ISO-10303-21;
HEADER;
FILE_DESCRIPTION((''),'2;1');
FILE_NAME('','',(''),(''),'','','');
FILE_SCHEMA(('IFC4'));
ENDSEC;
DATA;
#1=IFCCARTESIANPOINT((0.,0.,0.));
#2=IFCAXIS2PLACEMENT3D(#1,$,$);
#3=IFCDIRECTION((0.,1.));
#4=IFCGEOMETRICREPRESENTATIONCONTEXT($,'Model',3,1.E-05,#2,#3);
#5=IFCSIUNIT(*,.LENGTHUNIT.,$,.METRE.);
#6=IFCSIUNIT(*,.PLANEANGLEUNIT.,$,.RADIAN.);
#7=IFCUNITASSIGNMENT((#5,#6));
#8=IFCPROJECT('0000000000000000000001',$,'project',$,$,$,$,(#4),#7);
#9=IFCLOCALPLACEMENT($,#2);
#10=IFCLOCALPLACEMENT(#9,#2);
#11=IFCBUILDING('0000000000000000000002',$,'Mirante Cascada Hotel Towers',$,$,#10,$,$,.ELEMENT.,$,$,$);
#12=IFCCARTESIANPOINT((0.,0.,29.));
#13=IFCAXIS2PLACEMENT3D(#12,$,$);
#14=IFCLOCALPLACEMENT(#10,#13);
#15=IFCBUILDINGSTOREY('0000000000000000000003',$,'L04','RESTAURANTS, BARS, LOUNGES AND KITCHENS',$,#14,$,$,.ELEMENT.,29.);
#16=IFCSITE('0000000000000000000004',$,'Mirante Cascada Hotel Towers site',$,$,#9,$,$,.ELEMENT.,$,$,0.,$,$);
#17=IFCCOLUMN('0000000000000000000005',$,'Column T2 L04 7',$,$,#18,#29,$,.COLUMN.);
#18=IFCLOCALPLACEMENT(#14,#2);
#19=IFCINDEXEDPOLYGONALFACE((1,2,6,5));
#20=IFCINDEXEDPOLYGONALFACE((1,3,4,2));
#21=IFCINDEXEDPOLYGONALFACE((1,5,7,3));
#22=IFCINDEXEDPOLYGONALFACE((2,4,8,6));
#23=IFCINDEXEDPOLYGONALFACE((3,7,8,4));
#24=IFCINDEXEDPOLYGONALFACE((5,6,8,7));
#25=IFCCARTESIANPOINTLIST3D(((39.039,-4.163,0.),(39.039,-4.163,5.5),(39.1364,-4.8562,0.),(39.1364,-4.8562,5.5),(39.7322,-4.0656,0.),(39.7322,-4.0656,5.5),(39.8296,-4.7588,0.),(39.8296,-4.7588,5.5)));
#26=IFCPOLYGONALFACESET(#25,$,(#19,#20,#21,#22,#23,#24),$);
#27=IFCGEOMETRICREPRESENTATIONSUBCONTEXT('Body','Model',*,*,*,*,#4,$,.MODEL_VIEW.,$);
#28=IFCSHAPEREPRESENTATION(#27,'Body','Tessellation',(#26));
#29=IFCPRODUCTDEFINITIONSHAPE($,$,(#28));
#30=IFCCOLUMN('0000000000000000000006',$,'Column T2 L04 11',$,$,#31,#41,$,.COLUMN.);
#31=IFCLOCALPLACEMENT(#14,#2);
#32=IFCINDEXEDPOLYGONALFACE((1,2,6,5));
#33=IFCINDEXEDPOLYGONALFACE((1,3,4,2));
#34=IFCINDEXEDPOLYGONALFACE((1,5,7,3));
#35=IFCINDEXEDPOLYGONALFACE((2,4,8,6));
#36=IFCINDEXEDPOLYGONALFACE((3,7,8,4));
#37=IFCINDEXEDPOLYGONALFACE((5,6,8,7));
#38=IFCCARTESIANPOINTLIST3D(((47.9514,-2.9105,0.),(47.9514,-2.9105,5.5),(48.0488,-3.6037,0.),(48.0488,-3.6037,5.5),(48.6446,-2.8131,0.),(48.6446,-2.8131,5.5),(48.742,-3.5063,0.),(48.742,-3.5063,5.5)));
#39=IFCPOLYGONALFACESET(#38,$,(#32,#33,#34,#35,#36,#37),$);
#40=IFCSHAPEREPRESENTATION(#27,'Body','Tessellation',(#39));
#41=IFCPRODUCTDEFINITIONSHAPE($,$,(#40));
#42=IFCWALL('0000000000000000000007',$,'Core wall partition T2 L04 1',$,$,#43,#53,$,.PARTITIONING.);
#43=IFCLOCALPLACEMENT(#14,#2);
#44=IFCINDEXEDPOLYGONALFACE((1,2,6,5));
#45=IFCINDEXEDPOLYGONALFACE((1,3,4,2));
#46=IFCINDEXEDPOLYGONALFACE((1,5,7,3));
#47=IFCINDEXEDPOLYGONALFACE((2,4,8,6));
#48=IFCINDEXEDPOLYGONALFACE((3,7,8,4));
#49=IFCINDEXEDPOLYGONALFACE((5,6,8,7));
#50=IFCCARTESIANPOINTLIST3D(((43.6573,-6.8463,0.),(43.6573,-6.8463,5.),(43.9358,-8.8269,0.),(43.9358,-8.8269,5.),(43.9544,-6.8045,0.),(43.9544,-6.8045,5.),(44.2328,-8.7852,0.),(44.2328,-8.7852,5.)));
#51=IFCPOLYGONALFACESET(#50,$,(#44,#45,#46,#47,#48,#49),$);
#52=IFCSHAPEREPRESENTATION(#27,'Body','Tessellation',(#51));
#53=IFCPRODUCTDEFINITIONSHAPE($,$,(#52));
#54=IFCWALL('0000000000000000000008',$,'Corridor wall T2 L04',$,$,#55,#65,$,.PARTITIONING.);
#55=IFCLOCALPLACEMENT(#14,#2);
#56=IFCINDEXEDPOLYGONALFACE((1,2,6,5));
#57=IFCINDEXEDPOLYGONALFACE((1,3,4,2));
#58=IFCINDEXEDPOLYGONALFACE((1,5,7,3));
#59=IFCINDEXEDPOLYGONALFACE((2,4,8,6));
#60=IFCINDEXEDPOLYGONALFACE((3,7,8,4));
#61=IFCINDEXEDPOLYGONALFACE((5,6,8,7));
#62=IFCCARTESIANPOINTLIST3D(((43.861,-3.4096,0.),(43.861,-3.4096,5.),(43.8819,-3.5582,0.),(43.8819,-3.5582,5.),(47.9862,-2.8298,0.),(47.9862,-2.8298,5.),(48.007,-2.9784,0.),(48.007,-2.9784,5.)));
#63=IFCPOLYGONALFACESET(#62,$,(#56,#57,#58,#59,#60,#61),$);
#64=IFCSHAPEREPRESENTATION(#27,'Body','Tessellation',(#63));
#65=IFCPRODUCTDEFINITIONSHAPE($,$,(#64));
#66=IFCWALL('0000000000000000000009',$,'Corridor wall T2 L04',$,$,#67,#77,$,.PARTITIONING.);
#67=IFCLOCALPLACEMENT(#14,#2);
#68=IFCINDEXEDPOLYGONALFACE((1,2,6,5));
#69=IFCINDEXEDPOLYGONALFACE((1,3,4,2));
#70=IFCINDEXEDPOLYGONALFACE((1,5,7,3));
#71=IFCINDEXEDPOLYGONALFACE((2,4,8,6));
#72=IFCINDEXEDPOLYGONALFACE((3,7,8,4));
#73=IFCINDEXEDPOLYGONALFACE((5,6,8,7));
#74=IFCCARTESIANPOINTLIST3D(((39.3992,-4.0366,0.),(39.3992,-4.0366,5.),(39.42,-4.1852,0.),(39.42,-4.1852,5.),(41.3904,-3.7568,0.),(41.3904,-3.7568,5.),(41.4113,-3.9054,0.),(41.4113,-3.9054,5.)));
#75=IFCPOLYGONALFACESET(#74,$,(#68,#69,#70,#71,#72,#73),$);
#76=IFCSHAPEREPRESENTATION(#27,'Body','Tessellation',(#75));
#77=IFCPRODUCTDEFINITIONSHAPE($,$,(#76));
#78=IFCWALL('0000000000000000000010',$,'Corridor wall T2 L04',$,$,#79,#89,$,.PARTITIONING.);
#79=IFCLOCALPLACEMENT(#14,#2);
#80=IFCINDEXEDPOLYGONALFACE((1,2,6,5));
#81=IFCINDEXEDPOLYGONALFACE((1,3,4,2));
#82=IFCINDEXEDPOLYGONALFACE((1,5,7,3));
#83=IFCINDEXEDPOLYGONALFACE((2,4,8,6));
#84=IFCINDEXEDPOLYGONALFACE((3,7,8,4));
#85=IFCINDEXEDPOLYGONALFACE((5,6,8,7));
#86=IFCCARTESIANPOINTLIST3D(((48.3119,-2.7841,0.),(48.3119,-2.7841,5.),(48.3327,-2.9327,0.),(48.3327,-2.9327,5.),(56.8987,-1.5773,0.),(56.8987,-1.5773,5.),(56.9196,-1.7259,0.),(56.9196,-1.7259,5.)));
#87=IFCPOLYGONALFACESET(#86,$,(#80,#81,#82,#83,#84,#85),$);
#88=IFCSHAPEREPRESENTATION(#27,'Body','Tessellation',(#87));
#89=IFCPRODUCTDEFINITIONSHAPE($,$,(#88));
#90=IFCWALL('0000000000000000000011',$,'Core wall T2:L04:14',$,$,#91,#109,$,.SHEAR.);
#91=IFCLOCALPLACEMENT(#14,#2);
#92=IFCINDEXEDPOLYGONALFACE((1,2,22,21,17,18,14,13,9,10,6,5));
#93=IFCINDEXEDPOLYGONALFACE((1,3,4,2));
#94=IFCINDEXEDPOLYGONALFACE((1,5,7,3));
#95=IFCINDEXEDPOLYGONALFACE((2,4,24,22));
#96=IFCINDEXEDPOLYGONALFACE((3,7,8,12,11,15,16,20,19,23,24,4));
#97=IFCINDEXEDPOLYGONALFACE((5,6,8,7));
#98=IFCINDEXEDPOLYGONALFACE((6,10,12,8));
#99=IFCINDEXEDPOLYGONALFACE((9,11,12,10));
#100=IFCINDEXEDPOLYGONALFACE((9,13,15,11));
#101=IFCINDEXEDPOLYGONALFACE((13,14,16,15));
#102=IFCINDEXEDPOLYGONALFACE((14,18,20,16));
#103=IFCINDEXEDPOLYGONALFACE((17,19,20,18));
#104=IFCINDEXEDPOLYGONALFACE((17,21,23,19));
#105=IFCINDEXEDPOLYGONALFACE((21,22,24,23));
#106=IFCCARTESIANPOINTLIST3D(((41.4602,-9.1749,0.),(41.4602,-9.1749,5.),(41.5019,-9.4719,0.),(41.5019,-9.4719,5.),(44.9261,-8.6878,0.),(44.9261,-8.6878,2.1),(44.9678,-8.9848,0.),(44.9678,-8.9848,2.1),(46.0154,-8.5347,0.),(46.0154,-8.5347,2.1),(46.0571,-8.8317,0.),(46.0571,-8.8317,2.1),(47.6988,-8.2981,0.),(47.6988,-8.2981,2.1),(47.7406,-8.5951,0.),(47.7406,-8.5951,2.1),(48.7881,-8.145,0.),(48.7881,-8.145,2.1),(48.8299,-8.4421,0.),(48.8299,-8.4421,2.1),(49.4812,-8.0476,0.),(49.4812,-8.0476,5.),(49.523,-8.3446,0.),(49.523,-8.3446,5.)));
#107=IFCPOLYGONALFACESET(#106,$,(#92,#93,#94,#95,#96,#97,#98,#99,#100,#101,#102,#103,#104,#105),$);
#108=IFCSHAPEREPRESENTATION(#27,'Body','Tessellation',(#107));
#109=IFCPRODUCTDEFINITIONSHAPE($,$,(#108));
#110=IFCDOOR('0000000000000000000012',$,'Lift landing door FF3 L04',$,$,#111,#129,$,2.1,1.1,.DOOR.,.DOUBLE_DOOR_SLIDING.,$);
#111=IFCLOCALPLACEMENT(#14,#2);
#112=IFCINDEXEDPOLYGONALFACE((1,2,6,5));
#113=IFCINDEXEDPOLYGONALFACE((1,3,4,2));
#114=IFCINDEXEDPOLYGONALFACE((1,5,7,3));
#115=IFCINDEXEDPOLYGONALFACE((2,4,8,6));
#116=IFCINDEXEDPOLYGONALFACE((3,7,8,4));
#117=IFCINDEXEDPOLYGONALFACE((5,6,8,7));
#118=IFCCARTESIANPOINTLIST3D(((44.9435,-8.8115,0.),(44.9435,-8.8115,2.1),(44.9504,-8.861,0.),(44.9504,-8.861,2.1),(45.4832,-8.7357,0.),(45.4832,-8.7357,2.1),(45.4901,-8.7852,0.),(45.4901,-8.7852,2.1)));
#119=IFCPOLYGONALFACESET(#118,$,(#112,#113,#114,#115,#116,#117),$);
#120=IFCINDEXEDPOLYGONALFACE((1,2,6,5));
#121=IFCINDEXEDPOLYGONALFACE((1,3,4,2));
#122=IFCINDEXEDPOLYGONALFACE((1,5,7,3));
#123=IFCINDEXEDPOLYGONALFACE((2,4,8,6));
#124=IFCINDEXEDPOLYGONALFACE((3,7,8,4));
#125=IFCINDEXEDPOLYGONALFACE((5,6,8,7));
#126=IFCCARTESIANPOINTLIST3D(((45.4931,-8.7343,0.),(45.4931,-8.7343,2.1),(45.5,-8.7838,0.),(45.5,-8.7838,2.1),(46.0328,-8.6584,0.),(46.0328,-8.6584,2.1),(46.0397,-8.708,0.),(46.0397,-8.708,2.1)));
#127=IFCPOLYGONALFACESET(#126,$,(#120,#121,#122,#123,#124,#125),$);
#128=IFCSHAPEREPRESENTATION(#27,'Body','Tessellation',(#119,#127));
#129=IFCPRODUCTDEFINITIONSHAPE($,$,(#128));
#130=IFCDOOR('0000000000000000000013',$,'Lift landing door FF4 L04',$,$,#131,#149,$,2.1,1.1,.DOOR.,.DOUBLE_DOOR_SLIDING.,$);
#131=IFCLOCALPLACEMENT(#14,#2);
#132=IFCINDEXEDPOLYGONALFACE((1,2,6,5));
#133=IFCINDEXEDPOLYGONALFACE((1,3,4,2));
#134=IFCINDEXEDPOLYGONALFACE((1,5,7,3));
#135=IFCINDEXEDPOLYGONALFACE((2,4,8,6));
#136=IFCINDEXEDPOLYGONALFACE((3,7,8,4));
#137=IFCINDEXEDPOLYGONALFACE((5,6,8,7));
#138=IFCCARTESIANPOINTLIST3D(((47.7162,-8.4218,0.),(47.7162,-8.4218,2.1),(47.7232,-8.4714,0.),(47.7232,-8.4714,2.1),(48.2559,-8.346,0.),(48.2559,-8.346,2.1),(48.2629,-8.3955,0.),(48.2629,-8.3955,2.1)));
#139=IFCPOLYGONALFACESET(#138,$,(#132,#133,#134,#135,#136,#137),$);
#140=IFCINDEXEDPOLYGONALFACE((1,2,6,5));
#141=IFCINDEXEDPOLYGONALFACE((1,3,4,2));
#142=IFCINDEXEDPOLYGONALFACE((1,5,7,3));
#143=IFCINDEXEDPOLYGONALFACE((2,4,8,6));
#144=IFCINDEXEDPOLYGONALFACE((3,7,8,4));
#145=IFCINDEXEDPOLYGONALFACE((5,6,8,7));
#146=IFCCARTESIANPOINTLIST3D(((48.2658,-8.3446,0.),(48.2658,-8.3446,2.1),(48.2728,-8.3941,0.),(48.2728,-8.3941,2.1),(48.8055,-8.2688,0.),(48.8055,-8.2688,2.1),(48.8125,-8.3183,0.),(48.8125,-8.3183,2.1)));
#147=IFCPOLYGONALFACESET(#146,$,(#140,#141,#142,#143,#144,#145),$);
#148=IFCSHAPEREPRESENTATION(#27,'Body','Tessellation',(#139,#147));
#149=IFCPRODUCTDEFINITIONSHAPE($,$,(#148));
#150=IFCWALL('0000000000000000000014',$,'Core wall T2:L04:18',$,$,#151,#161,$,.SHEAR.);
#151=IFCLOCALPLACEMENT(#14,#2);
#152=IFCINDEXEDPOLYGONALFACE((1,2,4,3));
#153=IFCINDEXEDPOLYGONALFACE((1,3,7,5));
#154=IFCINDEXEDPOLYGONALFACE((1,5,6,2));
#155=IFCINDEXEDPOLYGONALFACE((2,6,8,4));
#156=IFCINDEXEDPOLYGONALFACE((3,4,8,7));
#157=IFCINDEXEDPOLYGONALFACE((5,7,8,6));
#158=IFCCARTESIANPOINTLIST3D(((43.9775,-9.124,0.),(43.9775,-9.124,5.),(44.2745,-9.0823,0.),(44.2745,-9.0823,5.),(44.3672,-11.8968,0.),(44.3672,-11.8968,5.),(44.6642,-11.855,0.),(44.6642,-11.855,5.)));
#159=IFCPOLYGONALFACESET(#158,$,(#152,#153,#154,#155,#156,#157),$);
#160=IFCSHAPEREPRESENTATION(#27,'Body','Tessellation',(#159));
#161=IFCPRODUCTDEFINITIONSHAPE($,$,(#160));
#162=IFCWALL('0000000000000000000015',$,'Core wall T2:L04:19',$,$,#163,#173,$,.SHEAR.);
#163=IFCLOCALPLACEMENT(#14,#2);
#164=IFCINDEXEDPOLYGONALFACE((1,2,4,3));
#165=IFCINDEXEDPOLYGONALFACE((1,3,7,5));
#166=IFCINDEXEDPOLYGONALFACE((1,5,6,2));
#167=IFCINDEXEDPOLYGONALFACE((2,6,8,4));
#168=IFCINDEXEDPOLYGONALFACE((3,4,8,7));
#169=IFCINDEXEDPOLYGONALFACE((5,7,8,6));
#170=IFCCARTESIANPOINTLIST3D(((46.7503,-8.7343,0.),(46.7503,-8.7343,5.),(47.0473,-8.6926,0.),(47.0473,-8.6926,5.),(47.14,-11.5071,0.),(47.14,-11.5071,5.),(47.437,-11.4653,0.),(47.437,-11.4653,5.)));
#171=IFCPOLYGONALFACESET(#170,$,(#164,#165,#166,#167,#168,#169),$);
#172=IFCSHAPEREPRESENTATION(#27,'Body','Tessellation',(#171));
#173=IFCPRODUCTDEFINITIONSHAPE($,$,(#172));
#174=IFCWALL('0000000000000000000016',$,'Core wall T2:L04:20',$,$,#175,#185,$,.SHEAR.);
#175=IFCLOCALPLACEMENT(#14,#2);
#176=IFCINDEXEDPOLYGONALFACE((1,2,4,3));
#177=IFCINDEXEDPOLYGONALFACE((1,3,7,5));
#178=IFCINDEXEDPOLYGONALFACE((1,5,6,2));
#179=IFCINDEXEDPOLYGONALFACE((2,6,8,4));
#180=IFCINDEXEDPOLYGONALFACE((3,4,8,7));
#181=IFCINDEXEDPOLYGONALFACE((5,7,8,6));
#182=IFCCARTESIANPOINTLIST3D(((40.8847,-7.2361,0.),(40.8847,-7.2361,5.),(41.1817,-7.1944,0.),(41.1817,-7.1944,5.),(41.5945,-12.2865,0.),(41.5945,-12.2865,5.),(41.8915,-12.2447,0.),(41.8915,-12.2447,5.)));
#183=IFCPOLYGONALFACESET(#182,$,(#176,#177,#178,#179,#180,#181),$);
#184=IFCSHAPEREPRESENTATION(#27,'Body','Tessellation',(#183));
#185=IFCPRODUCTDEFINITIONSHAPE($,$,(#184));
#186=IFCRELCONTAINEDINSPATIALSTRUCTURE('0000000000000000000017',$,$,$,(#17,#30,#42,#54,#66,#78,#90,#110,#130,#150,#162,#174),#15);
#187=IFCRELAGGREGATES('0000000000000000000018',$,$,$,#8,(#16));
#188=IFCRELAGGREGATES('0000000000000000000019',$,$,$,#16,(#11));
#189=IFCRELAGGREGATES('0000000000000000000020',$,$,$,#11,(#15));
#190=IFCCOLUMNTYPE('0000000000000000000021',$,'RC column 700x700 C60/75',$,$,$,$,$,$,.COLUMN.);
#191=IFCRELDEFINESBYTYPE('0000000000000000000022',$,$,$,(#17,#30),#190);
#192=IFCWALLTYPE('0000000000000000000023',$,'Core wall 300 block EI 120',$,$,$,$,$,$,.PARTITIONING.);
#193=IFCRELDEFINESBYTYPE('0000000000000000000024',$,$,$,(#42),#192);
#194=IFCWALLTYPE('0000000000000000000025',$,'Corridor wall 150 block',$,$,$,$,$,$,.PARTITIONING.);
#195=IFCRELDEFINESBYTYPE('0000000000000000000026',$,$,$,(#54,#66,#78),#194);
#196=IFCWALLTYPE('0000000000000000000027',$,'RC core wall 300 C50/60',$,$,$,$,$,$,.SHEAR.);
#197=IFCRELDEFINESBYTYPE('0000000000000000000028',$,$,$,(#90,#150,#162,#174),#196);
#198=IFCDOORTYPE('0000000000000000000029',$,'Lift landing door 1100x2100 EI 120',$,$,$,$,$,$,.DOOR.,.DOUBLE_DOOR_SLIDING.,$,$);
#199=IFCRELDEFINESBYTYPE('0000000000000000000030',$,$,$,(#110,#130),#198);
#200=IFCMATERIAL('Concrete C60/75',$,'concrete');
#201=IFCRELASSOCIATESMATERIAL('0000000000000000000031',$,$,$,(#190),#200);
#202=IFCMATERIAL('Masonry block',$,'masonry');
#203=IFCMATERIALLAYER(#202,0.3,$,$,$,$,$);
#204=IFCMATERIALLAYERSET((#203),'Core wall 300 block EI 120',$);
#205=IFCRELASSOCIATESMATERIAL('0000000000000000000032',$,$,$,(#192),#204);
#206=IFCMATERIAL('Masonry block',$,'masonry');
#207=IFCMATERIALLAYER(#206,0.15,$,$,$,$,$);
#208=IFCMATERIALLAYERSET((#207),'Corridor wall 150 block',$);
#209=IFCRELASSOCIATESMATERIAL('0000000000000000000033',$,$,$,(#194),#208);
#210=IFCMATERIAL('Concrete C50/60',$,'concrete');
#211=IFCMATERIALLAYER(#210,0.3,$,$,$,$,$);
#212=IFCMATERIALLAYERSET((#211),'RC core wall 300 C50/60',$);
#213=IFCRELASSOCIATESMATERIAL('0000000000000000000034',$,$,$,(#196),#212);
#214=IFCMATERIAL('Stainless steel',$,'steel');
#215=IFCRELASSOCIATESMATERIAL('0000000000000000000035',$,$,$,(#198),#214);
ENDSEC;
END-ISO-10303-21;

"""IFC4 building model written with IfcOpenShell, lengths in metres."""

from ifc_helpers import new_model, si_unit, direction, frame, frame_2d, origin, origin_2d, place, context, subcontext, project, spatial, rectangle, extrude, material, layer, layer_set, material_profile, profile_set, type_object, element, fill, save


model = new_model("IFC4")

# Units and contexts
model_context = context("Model", 3, precision=1e-05, world=origin(), true_north=direction((0.0, 1.0)))
body_context = subcontext(model_context, "Body", "Model", "MODEL_VIEW")
ifc_project = project(units=[si_unit("LENGTHUNIT", "METRE"), si_unit("PLANEANGLEUNIT", "RADIAN")], contexts=[model_context])

# Site, building, storey
site_placement = place(None, origin())
site = spatial("IfcSite", under=ifc_project, at=site_placement, Name="Mirante Cascada Hotel Towers site", CompositionType="ELEMENT", RefElevation=0.0)
building_placement = place(site_placement, origin())
building = spatial("IfcBuilding", under=site, at=building_placement, Name="Mirante Cascada Hotel Towers", CompositionType="ELEMENT")
storey_placement = place(building_placement, frame((0.0, 0.0, 29.0)))
storey = spatial("IfcBuildingStorey", under=building, at=storey_placement, Name="L04", Description="RESTAURANTS, BARS, LOUNGES AND KITCHENS", CompositionType="ELEMENT", Elevation=29.0)

# Columns
ifc_material_1 = material(Name="Concrete C60/75", Category="concrete")
ifc_material_profile = material_profile(ifc_material_1, rectangle(XDim=0.7, YDim=0.7, at=origin_2d()), Name="RC column 700x700 C60/75")
ifc_profile_set = profile_set([ifc_material_profile], Name="Concrete C60/75")
column_type = type_object("IfcColumnType", Name="RC column 700x700 C60/75", PredefinedType="COLUMN", material=ifc_profile_set)
for number, where, z_axis, x_axis, name in (
    (1, (39.4343, -4.4609, 0.0), (0.0, 0.0, 1.0), (0.990268, 0.139173, 0.0), "Column T2 L04 7"),
    (2, (48.3467, -3.2084, 0.0), (0.0, 0.0, 1.0), (0.990268, 0.139173, 0.0), "Column T2 L04 11"),
):
    element("IfcColumn", number, at=place(storey_placement, frame(where, z_axis=z_axis, x_axis=x_axis)), inside=storey, type_object=column_type, Name=name, PredefinedType="COLUMN", context=body_context, shape_type="SweptSolid", body=[
        extrude(rectangle(XDim=0.7, YDim=0.7, at=origin_2d()), origin(), (0.0, 0.0, 1.0), 5.5),
    ])

# Walls
ifc_material_2 = material(Name="Masonry block", Category="masonry")
ifc_layer_1 = layer(ifc_material_2, 0.3)
ifc_layer_set_1 = layer_set([ifc_layer_1], Name="Core wall 300 block EI 120")
wall_type_1 = type_object("IfcWallType", Name="Core wall 300 block EI 120", PredefinedType="PARTITIONING", material=ifc_layer_set_1)
wall_1_placement = place(storey_placement, frame((44.0843, -8.8061, 0.0), z_axis=(0.0, 0.0, 1.0), x_axis=(-0.139195, 0.990265, 0.0)))
element("IfcWall", 3, at=wall_1_placement, inside=storey, type_object=wall_type_1, Name="Core wall partition T2 L04 1", PredefinedType="PARTITIONING", context=body_context, shape_type="SweptSolid", body=[
    extrude(rectangle(XDim=2.0001, YDim=0.3, at=frame_2d((1.0001, 0.0))), origin(), (0.0, 0.0, 1.0), 5.0),
])
ifc_material_3 = material(Name="Masonry block", Category="masonry")
ifc_layer_2 = layer(ifc_material_3, 0.15)
ifc_layer_set_2 = layer_set([ifc_layer_2], Name="Corridor wall 150 block")
wall_type_2 = type_object("IfcWallType", Name="Corridor wall 150 block", PredefinedType="PARTITIONING", material=ifc_layer_set_2)
wall_2_placement = place(storey_placement, frame((43.8715, -3.4839, 0.0), z_axis=(0.0, 0.0, 1.0), x_axis=(0.990267, 0.139183, 0.0)))
element("IfcWall", 4, at=wall_2_placement, inside=storey, type_object=wall_type_2, Name="Corridor wall T2 L04", PredefinedType="PARTITIONING", context=body_context, shape_type="SweptSolid", body=[
    extrude(rectangle(XDim=4.1657, YDim=0.15, at=frame_2d((2.0828, 0.0))), origin(), (0.0, 0.0, 1.0), 5.0),
])
wall_3_placement = place(storey_placement, frame((39.4096, -4.1109, 0.0), z_axis=(0.0, 0.0, 1.0), x_axis=(0.990271, 0.139151, 0.0)))
element("IfcWall", 5, at=wall_3_placement, inside=storey, type_object=wall_type_2, Name="Corridor wall T2 L04", PredefinedType="PARTITIONING", context=body_context, shape_type="SweptSolid", body=[
    extrude(rectangle(XDim=2.0108, YDim=0.15, at=frame_2d((1.0054, 0.0))), origin(), (0.0, 0.0, 1.0), 5.0),
])
wall_4_placement = place(storey_placement, frame((48.3223, -2.8584, 0.0), z_axis=(0.0, 0.0, 1.0), x_axis=(0.990268, 0.139174, 0.0)))
element("IfcWall", 6, at=wall_4_placement, inside=storey, type_object=wall_type_2, Name="Corridor wall T2 L04", PredefinedType="PARTITIONING", context=body_context, shape_type="SweptSolid", body=[
    extrude(rectangle(XDim=8.6712, YDim=0.15, at=frame_2d((4.3356, 0.0))), origin(), (0.0, 0.0, 1.0), 5.0),
])

# Wall, openings, doors
ifc_material_4 = material(Name="Concrete C50/60", Category="concrete")
ifc_layer_3 = layer(ifc_material_4, 0.3)
ifc_layer_set_3 = layer_set([ifc_layer_3], Name="RC core wall 300 C50/60")
wall_type_3 = type_object("IfcWallType", Name="RC core wall 300 C50/60", PredefinedType="SHEAR", material=ifc_layer_set_3)
wall_5_placement = place(storey_placement, frame((41.481, -9.3234, 0.0), z_axis=(0.0, 0.0, 1.0), x_axis=(0.990268, 0.139174, 0.0)))
wall_5 = element("IfcWall", 7, at=wall_5_placement, inside=storey, type_object=wall_type_3, Name="Core wall T2:L04:14", PredefinedType="SHEAR", context=body_context, shape_type="SweptSolid", body=[
    extrude(rectangle(XDim=8.0999, YDim=0.3, at=frame_2d((4.05, 0.0))), origin(), (0.0, 0.0, 1.0), 5.0),
])
opening_1_placement = place(wall_5_placement, frame((3.5, 0.0, 0.0)))
opening_1 = element("IfcOpeningElement", 8, at=opening_1_placement, cuts=wall_5, PredefinedType="OPENING", context=body_context, shape_type="SweptSolid", body=[
    extrude(rectangle(XDim=1.1, YDim=2.1, at=frame_2d((0.55, 1.05))), frame((0.0, 0.15, 0.0), z_axis=(0.0, -1.0, 0.0), x_axis=(1.0, 0.0, 0.0)), (0.0, 0.0, 1.0), 0.3),
])
opening_2_placement = place(wall_5_placement, frame((6.3, 0.0, 0.0)))
opening_2 = element("IfcOpeningElement", 9, at=opening_2_placement, cuts=wall_5, PredefinedType="OPENING", context=body_context, shape_type="SweptSolid", body=[
    extrude(rectangle(XDim=1.1, YDim=2.1, at=frame_2d((0.55, 1.05))), frame((0.0, 0.15, 0.0), z_axis=(0.0, -1.0, 0.0), x_axis=(1.0, 0.0, 0.0)), (0.0, 0.0, 1.0), 0.3),
])
ifc_material_5 = material(Name="Stainless steel", Category="steel")
door_type = type_object("IfcDoorType", Name="Lift landing door 1100x2100 EI 120", OperationType="DOUBLE_DOOR_SLIDING", PredefinedType="DOOR", material=ifc_material_5)
door_1_placement = place(opening_1_placement, origin())
door_1 = element("IfcDoor", 10, at=door_1_placement, inside=storey, type_object=door_type, Name="Lift landing door FF3 L04", OperationType="DOUBLE_DOOR_SLIDING", OverallHeight=2.1, OverallWidth=1.1, PredefinedType="DOOR", context=body_context, shape_type="SweptSolid", body=[
    extrude(rectangle(XDim=0.545, YDim=2.1, at=frame_2d((0.2725, 1.05))), frame((0.0, 0.025, 0.0), z_axis=(0.0, -1.0, 0.0), x_axis=(1.0, 0.0, 0.0)), (0.0, 0.0, 1.0), 0.05),
    extrude(rectangle(XDim=0.545, YDim=2.1, at=frame_2d((0.8275, 1.05))), frame((0.0, 0.025, 0.0), z_axis=(0.0, -1.0, 0.0), x_axis=(1.0, 0.0, 0.0)), (0.0, 0.0, 1.0), 0.05),
])
fill(opening_1, door_1)
door_2_placement = place(opening_2_placement, origin())
door_2 = element("IfcDoor", 11, at=door_2_placement, inside=storey, type_object=door_type, Name="Lift landing door FF4 L04", OperationType="DOUBLE_DOOR_SLIDING", OverallHeight=2.1, OverallWidth=1.1, PredefinedType="DOOR", context=body_context, shape_type="SweptSolid", body=[
    extrude(rectangle(XDim=0.545, YDim=2.1, at=frame_2d((0.2725, 1.05))), frame((0.0, 0.025, 0.0), z_axis=(0.0, -1.0, 0.0), x_axis=(1.0, 0.0, 0.0)), (0.0, 0.0, 1.0), 0.05),
    extrude(rectangle(XDim=0.545, YDim=2.1, at=frame_2d((0.8275, 1.05))), frame((0.0, 0.025, 0.0), z_axis=(0.0, -1.0, 0.0), x_axis=(1.0, 0.0, 0.0)), (0.0, 0.0, 1.0), 0.05),
])
fill(opening_2, door_2)

# Walls
for number, where, z_axis, x_axis, name in (
    (12, (44.5157, -11.8759, 0.0), (0.0, 0.0, 1.0), (-0.139181, 0.990267, 0.0), "Core wall T2:L04:18"),
    (13, (47.2885, -11.4862, 0.0), (0.0, 0.0, 1.0), (-0.139181, 0.990267, 0.0), "Core wall T2:L04:19"),
):
    element("IfcWall", number, at=place(storey_placement, frame(where, z_axis=z_axis, x_axis=x_axis)), inside=storey, type_object=wall_type_3, Name=name, PredefinedType="SHEAR", context=body_context, shape_type="SweptSolid", body=[
        extrude(rectangle(XDim=2.8, YDim=0.3, at=frame_2d((1.4, 0.0))), origin(), (0.0, 0.0, 1.0), 5.0),
    ])
wall_6_placement = place(storey_placement, frame((41.743, -12.2656, 0.0), z_axis=(0.0, 0.0, 1.0), x_axis=(-0.139176, 0.990268, 0.0)))
element("IfcWall", 14, at=wall_6_placement, inside=storey, type_object=wall_type_3, Name="Core wall T2:L04:20", PredefinedType="SHEAR", context=body_context, shape_type="SweptSolid", body=[
    extrude(rectangle(XDim=5.1, YDim=0.3, at=frame_2d((2.55, 0.0))), origin(), (0.0, 0.0, 1.0), 5.0),
])

save(model, "model.ifc")
